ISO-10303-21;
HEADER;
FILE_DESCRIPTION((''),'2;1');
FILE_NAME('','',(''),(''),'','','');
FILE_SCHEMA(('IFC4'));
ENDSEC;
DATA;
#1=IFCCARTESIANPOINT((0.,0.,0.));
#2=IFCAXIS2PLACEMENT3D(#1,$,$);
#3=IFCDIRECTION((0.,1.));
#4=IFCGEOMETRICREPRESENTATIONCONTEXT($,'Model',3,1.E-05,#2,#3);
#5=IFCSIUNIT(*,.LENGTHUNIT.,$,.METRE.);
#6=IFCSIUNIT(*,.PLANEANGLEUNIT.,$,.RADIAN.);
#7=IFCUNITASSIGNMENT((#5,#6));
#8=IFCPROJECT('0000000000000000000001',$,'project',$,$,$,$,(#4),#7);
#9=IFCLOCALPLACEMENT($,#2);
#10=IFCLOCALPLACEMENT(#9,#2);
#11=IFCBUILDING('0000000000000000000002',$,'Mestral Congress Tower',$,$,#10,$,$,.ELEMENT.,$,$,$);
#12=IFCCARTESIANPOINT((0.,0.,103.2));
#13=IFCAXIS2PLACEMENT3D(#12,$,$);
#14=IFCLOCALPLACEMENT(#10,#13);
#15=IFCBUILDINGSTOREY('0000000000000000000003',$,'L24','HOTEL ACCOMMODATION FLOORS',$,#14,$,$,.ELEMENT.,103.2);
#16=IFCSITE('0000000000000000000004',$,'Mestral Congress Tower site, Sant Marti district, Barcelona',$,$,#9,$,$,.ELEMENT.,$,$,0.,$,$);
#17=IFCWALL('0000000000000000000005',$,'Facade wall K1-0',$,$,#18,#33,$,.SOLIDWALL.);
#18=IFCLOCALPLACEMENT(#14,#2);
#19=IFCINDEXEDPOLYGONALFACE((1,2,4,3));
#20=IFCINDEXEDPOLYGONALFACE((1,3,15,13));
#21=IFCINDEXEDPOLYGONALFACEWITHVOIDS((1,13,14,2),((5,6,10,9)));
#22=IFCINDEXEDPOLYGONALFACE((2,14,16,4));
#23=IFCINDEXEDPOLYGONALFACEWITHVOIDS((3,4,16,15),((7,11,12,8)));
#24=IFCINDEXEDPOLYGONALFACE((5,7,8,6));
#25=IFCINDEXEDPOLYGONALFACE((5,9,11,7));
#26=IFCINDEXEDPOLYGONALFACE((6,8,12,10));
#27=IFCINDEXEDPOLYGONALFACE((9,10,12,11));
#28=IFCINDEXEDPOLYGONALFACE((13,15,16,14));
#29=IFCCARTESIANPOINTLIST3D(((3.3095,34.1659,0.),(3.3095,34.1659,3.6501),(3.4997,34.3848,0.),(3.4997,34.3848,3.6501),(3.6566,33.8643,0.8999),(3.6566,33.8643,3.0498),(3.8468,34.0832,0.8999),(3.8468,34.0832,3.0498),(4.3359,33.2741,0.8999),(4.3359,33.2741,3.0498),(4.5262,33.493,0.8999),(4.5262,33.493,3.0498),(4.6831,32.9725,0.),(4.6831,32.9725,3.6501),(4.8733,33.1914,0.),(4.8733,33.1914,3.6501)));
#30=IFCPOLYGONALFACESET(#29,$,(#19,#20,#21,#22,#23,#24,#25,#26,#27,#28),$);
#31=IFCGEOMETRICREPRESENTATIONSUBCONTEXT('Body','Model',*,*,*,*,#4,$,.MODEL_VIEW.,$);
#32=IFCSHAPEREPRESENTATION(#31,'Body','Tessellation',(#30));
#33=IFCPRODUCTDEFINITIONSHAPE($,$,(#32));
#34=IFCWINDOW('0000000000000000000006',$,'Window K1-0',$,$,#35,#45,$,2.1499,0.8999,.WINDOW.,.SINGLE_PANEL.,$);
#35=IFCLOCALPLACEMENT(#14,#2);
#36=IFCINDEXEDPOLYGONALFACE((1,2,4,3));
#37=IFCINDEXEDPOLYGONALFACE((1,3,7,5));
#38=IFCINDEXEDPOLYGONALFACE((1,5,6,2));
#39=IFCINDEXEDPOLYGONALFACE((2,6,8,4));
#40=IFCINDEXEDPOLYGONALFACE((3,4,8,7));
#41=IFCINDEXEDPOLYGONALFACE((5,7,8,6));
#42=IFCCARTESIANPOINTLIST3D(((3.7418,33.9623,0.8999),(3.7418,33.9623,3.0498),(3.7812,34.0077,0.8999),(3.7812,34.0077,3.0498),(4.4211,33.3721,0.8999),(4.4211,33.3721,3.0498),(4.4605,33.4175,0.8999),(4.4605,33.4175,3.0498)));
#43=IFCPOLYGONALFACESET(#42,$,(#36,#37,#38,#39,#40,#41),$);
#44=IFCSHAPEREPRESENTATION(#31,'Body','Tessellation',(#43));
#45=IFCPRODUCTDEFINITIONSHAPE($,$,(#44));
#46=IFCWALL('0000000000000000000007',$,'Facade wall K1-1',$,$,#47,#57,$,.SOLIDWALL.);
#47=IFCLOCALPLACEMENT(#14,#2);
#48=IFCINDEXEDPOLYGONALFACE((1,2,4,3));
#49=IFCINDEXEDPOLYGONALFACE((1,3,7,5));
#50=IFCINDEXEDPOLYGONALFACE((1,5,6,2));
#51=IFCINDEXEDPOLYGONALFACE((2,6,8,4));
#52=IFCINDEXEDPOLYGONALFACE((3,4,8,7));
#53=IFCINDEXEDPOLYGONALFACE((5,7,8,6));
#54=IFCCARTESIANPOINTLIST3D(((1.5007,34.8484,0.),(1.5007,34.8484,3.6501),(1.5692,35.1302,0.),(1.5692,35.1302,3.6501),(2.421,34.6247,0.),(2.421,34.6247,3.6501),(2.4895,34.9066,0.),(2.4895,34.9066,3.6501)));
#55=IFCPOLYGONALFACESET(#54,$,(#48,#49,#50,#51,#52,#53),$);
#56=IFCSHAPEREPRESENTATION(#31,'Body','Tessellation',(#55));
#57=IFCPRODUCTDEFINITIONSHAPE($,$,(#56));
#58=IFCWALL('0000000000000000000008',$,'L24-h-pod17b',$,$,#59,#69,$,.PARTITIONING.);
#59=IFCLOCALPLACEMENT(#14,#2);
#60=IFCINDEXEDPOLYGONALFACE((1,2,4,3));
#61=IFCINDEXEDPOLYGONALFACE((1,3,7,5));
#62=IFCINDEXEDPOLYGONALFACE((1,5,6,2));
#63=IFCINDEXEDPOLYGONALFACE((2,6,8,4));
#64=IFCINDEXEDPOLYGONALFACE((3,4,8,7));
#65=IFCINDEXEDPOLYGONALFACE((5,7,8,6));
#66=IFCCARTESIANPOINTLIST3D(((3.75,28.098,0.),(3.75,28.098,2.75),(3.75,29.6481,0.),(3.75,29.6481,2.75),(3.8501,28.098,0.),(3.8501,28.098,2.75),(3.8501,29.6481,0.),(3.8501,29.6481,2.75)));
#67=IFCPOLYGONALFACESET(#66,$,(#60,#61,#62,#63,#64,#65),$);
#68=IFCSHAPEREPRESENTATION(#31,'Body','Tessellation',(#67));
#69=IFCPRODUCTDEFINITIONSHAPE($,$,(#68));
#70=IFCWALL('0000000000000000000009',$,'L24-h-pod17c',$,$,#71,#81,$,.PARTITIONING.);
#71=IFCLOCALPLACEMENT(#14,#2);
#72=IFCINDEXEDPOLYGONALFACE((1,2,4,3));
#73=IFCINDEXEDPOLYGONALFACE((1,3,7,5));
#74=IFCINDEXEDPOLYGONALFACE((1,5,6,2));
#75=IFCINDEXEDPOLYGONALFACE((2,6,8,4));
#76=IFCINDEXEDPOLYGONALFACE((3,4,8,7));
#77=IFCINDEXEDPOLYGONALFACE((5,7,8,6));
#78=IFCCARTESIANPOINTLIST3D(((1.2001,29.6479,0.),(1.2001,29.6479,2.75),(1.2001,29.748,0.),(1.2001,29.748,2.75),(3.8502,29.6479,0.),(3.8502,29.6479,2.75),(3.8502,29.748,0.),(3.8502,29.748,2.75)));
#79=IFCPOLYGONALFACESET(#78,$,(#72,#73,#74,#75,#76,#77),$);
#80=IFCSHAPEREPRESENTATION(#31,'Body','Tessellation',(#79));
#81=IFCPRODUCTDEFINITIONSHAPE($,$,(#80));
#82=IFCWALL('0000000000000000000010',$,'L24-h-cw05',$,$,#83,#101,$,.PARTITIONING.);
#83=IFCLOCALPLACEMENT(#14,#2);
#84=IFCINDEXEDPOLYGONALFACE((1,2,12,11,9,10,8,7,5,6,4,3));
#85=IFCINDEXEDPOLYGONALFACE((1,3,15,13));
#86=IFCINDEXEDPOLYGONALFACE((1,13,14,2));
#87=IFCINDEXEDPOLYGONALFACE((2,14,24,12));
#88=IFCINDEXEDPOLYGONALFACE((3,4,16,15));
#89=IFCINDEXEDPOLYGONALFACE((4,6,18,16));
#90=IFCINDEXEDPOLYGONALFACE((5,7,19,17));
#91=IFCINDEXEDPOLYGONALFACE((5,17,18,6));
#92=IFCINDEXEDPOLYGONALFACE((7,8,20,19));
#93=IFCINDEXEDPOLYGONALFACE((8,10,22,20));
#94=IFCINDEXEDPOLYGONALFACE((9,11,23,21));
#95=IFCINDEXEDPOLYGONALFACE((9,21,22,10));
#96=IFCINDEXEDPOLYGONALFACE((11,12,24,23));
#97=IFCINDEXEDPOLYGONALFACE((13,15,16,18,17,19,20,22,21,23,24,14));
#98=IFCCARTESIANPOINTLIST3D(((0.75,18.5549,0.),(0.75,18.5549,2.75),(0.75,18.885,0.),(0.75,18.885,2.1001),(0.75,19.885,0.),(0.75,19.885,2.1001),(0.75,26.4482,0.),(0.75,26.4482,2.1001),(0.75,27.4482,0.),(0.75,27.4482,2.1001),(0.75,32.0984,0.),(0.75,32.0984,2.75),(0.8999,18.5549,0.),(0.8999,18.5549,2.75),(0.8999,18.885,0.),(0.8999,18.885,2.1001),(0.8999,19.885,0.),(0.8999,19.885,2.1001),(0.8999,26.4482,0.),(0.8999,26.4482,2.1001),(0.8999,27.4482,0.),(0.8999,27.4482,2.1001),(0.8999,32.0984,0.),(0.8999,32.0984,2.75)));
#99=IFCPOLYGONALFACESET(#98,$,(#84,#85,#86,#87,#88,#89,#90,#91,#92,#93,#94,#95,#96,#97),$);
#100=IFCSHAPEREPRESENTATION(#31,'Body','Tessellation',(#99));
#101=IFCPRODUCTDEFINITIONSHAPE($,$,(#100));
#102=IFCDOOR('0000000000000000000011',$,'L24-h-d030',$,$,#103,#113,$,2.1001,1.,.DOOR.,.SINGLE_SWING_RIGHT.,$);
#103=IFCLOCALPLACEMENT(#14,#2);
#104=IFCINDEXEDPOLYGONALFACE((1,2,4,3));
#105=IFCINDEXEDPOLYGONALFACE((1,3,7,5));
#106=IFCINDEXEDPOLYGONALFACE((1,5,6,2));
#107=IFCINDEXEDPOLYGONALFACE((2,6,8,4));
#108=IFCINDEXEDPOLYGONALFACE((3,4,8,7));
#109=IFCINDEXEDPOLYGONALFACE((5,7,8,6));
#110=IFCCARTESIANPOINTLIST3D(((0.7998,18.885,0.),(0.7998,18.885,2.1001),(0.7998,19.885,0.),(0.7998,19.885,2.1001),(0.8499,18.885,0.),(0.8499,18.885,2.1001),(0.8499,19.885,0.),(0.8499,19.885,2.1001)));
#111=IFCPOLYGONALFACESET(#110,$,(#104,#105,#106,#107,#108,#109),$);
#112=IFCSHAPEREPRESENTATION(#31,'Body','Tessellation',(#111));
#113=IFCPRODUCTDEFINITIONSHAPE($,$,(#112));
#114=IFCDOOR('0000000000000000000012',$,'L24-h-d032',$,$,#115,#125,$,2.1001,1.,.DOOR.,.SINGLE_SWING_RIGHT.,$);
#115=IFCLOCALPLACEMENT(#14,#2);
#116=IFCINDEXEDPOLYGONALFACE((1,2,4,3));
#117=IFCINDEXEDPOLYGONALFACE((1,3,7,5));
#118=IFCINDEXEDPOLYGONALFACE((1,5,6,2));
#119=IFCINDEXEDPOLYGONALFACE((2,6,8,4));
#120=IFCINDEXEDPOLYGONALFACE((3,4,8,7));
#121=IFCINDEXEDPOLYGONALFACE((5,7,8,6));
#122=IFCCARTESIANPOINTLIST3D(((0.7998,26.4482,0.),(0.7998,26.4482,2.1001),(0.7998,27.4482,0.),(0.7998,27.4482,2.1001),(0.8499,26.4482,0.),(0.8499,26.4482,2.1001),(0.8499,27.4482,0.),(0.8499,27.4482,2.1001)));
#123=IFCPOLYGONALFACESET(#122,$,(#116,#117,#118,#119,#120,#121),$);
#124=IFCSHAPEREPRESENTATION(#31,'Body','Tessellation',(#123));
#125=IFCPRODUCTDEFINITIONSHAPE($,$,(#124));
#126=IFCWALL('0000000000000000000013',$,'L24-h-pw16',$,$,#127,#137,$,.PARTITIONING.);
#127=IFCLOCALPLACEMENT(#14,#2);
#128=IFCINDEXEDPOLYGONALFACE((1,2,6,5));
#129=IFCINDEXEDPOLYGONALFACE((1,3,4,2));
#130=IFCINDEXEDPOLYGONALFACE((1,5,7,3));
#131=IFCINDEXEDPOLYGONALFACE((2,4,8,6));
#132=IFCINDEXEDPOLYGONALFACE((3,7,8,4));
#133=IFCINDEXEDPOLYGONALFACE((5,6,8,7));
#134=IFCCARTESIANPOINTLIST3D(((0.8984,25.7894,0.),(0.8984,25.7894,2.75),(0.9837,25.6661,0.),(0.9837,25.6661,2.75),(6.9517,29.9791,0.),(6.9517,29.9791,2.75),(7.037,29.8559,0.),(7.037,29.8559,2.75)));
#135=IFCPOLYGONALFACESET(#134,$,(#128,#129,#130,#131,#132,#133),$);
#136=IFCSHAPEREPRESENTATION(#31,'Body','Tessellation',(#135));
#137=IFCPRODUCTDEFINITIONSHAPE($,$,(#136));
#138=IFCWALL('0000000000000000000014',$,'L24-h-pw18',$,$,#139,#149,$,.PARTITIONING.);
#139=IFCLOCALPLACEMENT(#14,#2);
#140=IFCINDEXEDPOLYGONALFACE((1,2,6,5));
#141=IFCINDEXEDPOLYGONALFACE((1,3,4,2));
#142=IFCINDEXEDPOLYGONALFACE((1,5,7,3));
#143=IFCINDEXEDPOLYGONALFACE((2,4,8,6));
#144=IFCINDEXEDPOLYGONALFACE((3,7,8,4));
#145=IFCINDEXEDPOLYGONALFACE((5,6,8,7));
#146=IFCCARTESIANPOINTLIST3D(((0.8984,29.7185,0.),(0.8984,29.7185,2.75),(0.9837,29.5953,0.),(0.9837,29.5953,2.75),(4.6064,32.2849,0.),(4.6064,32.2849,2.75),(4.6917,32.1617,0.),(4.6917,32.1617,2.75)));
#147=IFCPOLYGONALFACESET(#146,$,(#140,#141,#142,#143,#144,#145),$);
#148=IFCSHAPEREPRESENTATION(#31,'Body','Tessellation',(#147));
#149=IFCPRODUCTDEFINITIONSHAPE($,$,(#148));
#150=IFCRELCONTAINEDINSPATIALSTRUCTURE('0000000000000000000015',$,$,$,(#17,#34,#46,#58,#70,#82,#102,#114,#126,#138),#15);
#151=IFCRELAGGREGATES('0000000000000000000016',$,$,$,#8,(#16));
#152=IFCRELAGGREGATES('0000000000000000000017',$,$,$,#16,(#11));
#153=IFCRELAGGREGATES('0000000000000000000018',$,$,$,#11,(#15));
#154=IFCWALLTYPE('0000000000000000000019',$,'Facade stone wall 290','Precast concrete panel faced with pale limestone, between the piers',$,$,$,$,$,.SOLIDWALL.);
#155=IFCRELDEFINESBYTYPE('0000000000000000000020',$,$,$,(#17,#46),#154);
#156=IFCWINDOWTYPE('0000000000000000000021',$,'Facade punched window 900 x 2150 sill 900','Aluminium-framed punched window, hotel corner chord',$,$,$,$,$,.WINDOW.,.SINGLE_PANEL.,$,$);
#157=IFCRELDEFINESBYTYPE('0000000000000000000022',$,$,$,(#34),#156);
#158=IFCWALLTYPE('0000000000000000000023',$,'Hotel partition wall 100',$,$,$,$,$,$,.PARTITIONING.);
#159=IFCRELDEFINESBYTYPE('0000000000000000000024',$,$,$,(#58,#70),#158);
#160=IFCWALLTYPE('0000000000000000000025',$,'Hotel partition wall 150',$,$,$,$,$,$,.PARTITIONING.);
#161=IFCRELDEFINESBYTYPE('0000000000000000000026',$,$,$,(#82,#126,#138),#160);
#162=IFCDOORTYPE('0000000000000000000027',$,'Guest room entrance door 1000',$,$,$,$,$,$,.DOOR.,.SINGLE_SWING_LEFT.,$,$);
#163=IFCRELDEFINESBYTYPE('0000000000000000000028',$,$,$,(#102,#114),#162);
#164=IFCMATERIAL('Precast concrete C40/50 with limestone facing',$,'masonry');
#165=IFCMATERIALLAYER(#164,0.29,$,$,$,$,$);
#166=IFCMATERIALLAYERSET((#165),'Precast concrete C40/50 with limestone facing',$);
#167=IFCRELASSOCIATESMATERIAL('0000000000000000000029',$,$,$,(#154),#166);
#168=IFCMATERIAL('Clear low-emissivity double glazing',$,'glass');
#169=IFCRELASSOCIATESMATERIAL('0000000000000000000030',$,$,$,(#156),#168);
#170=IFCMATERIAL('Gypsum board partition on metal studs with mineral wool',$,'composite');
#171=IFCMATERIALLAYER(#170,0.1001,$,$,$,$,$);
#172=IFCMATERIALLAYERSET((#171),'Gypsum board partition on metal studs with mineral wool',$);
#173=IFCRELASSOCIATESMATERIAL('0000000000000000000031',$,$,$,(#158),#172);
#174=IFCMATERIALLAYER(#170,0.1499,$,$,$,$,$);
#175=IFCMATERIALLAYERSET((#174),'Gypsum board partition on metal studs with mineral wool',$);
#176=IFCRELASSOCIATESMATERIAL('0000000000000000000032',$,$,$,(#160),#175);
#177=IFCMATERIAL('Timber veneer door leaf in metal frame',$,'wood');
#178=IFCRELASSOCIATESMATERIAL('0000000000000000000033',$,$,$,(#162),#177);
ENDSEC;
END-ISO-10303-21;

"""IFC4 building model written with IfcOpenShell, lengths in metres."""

from ifc_helpers import new_model, si_unit, direction, frame, frame_2d, origin, place, context, subcontext, project, spatial, rectangle, extrude, material, layer, layer_set, type_object, element, fill, save


model = new_model("IFC4")

# Units and contexts
model_context = context("Model", 3, precision=1e-05, world=origin(), true_north=direction((0.0, 1.0)))
body_context = subcontext(model_context, "Body", "Model", "MODEL_VIEW")
ifc_project = project(units=[si_unit("LENGTHUNIT", "METRE"), si_unit("PLANEANGLEUNIT", "RADIAN")], contexts=[model_context])

# Site, building, storey
site_placement = place(None, origin())
site = spatial("IfcSite", under=ifc_project, at=site_placement, Name="Mestral Congress Tower site, Sant Marti district, Barcelona", CompositionType="ELEMENT", RefElevation=0.0)
building_placement = place(site_placement, origin())
building = spatial("IfcBuilding", under=site, at=building_placement, Name="Mestral Congress Tower", CompositionType="ELEMENT")
storey_placement = place(building_placement, frame((0.0, 0.0, 103.2)))
storey = spatial("IfcBuildingStorey", under=building, at=storey_placement, Name="L24", Description="HOTEL ACCOMMODATION FLOORS", CompositionType="ELEMENT", Elevation=103.2)

# Wall, opening, window
ifc_material_1 = material(Name="Precast concrete C40/50 with limestone facing", Category="masonry")
ifc_layer_1 = layer(ifc_material_1, 0.29)
ifc_layer_set_1 = layer_set([ifc_layer_1], Name="Precast concrete C40/50 with limestone facing")
wall_type_1 = type_object("IfcWallType", Name="Facade stone wall 290", Description="Precast concrete panel faced with pale limestone, between the piers", PredefinedType="SOLIDWALL", material=ifc_layer_set_1)
wall_1_placement = place(storey_placement, frame((4.7781, 33.082, 0.0), z_axis=(0.0, 0.0, 1.0), x_axis=(-0.754883, 0.65586, 0.0)))
wall_1 = element("IfcWall", 1, at=wall_1_placement, inside=storey, type_object=wall_type_1, Name="Facade wall K1-0", PredefinedType="SOLIDWALL", context=body_context, shape_type="SweptSolid", body=[
    extrude(rectangle(XDim=1.8196, YDim=0.29, at=frame_2d((0.9097, 0.0))), origin(), (0.0, 0.0, 1.0), 3.6501),
])
opening_1_placement = place(wall_1_placement, frame((0.4597, 0.0, 0.8999)))
opening_1 = element("IfcOpeningElement", 2, at=opening_1_placement, cuts=wall_1, PredefinedType="OPENING", context=body_context, shape_type="SweptSolid", body=[
    extrude(rectangle(XDim=0.8999, YDim=2.1499, at=frame_2d((0.45, 1.075))), frame((0.0, 0.155, 0.0), z_axis=(0.0, -1.0, 0.0), x_axis=(1.0, 0.0, 0.0)), (0.0, 0.0, 1.0), 0.3101),
])
ifc_material_2 = material(Name="Clear low-emissivity double glazing", Category="glass")
window_type = type_object("IfcWindowType", Name="Facade punched window 900 x 2150 sill 900", Description="Aluminium-framed punched window, hotel corner chord", PartitioningType="SINGLE_PANEL", PredefinedType="WINDOW", material=ifc_material_2)
window_placement = place(opening_1_placement, origin())
window = element("IfcWindow", 3, at=window_placement, inside=storey, type_object=window_type, Name="Window K1-0", OverallHeight=2.1499, OverallWidth=0.8999, PartitioningType="SINGLE_PANEL", PredefinedType="WINDOW", context=body_context, shape_type="SweptSolid", body=[
    extrude(rectangle(XDim=0.8999, YDim=2.1499, at=frame_2d((0.45, 1.075))), frame((0.0, 0.0151, 0.0), z_axis=(0.0, -1.0, 0.0), x_axis=(1.0, 0.0, 0.0)), (0.0, 0.0, 1.0), 0.0601),
])
fill(opening_1, window)

# Walls
wall_2_placement = place(storey_placement, frame((2.4553, 34.7656, 0.0), z_axis=(0.0, 0.0, 1.0), x_axis=(-0.971714, 0.236161, 0.0)))
element("IfcWall", 4, at=wall_2_placement, inside=storey, type_object=wall_type_1, Name="Facade wall K1-1", PredefinedType="SOLIDWALL", context=body_context, shape_type="SweptSolid", body=[
    extrude(rectangle(XDim=0.947, YDim=0.29, at=frame_2d((0.4736, 0.0))), origin(), (0.0, 0.0, 1.0), 3.6501),
])
ifc_material_3 = material(Name="Gypsum board partition on metal studs with mineral wool", Category="composite")
ifc_layer_2 = layer(ifc_material_3, 0.1001)
ifc_layer_set_2 = layer_set([ifc_layer_2], Name="Gypsum board partition on metal studs with mineral wool")
wall_type_2 = type_object("IfcWallType", Name="Hotel partition wall 100", PredefinedType="PARTITIONING", material=ifc_layer_set_2)
wall_3_placement = place(storey_placement, frame((3.8, 28.0981, 0.0), z_axis=(0.0, 0.0, 1.0), x_axis=(0.0, 1.0, 0.0)))
element("IfcWall", 5, at=wall_3_placement, inside=storey, type_object=wall_type_2, Name="L24-h-pod17b", PredefinedType="PARTITIONING", context=body_context, shape_type="SweptSolid", body=[
    extrude(rectangle(XDim=1.55, YDim=0.1001, at=frame_2d((0.7749, 0.0))), origin(), (0.0, 0.0, 1.0), 2.75),
])
wall_4_placement = place(storey_placement, frame((1.2, 29.698, 0.0), z_axis=(0.0, 0.0, 1.0), x_axis=(1.0, 0.0, 0.0)))
element("IfcWall", 6, at=wall_4_placement, inside=storey, type_object=wall_type_2, Name="L24-h-pod17c", PredefinedType="PARTITIONING", context=body_context, shape_type="SweptSolid", body=[
    extrude(rectangle(XDim=2.6501, YDim=0.1001, at=frame_2d((1.3252, 0.0))), origin(), (0.0, 0.0, 1.0), 2.75),
])

# Wall, openings, doors
ifc_layer_3 = layer(ifc_material_3, 0.1499)
ifc_layer_set_3 = layer_set([ifc_layer_3], Name="Gypsum board partition on metal studs with mineral wool")
wall_type_3 = type_object("IfcWallType", Name="Hotel partition wall 150", PredefinedType="PARTITIONING", material=ifc_layer_set_3)
wall_5_placement = place(storey_placement, frame((0.825, 32.0984, 0.0), z_axis=(0.0, 0.0, 1.0), x_axis=(0.0, -1.0, 0.0)))
wall_5 = element("IfcWall", 7, at=wall_5_placement, inside=storey, type_object=wall_type_3, Name="L24-h-cw05", PredefinedType="PARTITIONING", context=body_context, shape_type="SweptSolid", body=[
    extrude(rectangle(XDim=13.5435, YDim=0.1499, at=frame_2d((6.7717, 0.0))), origin(), (0.0, 0.0, 1.0), 2.75),
])
opening_2_placement = place(wall_5_placement, frame((12.2134, 0.0, 0.0)))
opening_2 = element("IfcOpeningElement", 8, at=opening_2_placement, cuts=wall_5, PredefinedType="OPENING", context=body_context, shape_type="SweptSolid", body=[
    extrude(rectangle(XDim=1.0, YDim=2.1001, at=frame_2d((0.5, 1.05))), frame((0.0, 0.085, 0.0), z_axis=(0.0, -1.0, 0.0), x_axis=(1.0, 0.0, 0.0)), (0.0, 0.0, 1.0), 0.1699),
])
opening_3_placement = place(wall_5_placement, frame((4.6501, 0.0, 0.0)))
opening_3 = element("IfcOpeningElement", 9, at=opening_3_placement, cuts=wall_5, PredefinedType="OPENING", context=body_context, shape_type="SweptSolid", body=[
    extrude(rectangle(XDim=1.0, YDim=2.1001, at=frame_2d((0.5, 1.05))), frame((0.0, 0.085, 0.0), z_axis=(0.0, -1.0, 0.0), x_axis=(1.0, 0.0, 0.0)), (0.0, 0.0, 1.0), 0.1699),
])
ifc_material_4 = material(Name="Timber veneer door leaf in metal frame", Category="wood")
door_type = type_object("IfcDoorType", Name="Guest room entrance door 1000", OperationType="SINGLE_SWING_LEFT", PredefinedType="DOOR", material=ifc_material_4)
door_1_placement = place(opening_2_placement, origin())
door_1 = element("IfcDoor", 10, at=door_1_placement, inside=storey, type_object=door_type, Name="L24-h-d030", OperationType="SINGLE_SWING_RIGHT", OverallHeight=2.1001, OverallWidth=1.0, PredefinedType="DOOR", context=body_context, shape_type="SweptSolid", body=[
    extrude(rectangle(XDim=1.0, YDim=2.1001, at=frame_2d((0.5, 1.05))), frame((0.0, 0.0249, 0.0), z_axis=(0.0, -1.0, 0.0), x_axis=(1.0, 0.0, 0.0)), (0.0, 0.0, 1.0), 0.05),
])
fill(opening_2, door_1)
door_2_placement = place(opening_3_placement, origin())
door_2 = element("IfcDoor", 11, at=door_2_placement, inside=storey, type_object=door_type, Name="L24-h-d032", OperationType="SINGLE_SWING_RIGHT", OverallHeight=2.1001, OverallWidth=1.0, PredefinedType="DOOR", context=body_context, shape_type="SweptSolid", body=[
    extrude(rectangle(XDim=1.0, YDim=2.1001, at=frame_2d((0.5, 1.05))), frame((0.0, 0.0249, 0.0), z_axis=(0.0, -1.0, 0.0), x_axis=(1.0, 0.0, 0.0)), (0.0, 0.0, 1.0), 0.05),
])
fill(opening_3, door_2)

# Walls
wall_6_placement = place(storey_placement, frame((6.9944, 29.9175, 0.0), z_axis=(0.0, 0.0, 1.0), x_axis=(-0.822255, -0.569119, 0.0)))
element("IfcWall", 12, at=wall_6_placement, inside=storey, type_object=wall_type_3, Name="L24-h-pw16", PredefinedType="PARTITIONING", context=body_context, shape_type="SweptSolid", body=[
    extrude(rectangle(XDim=7.3618, YDim=0.1499, at=frame_2d((3.6809, 0.0))), origin(), (0.0, 0.0, 1.0), 2.75),
])
wall_7_placement = place(storey_placement, frame((4.6492, 32.2234, 0.0), z_axis=(0.0, 0.0, 1.0), x_axis=(-0.822262, -0.569109, 0.0)))
element("IfcWall", 13, at=wall_7_placement, inside=storey, type_object=wall_type_3, Name="L24-h-pw18", PredefinedType="PARTITIONING", context=body_context, shape_type="SweptSolid", body=[
    extrude(rectangle(XDim=4.5095, YDim=0.1499, at=frame_2d((2.2549, 0.0))), origin(), (0.0, 0.0, 1.0), 2.75),
])

save(model, "model.ifc")
